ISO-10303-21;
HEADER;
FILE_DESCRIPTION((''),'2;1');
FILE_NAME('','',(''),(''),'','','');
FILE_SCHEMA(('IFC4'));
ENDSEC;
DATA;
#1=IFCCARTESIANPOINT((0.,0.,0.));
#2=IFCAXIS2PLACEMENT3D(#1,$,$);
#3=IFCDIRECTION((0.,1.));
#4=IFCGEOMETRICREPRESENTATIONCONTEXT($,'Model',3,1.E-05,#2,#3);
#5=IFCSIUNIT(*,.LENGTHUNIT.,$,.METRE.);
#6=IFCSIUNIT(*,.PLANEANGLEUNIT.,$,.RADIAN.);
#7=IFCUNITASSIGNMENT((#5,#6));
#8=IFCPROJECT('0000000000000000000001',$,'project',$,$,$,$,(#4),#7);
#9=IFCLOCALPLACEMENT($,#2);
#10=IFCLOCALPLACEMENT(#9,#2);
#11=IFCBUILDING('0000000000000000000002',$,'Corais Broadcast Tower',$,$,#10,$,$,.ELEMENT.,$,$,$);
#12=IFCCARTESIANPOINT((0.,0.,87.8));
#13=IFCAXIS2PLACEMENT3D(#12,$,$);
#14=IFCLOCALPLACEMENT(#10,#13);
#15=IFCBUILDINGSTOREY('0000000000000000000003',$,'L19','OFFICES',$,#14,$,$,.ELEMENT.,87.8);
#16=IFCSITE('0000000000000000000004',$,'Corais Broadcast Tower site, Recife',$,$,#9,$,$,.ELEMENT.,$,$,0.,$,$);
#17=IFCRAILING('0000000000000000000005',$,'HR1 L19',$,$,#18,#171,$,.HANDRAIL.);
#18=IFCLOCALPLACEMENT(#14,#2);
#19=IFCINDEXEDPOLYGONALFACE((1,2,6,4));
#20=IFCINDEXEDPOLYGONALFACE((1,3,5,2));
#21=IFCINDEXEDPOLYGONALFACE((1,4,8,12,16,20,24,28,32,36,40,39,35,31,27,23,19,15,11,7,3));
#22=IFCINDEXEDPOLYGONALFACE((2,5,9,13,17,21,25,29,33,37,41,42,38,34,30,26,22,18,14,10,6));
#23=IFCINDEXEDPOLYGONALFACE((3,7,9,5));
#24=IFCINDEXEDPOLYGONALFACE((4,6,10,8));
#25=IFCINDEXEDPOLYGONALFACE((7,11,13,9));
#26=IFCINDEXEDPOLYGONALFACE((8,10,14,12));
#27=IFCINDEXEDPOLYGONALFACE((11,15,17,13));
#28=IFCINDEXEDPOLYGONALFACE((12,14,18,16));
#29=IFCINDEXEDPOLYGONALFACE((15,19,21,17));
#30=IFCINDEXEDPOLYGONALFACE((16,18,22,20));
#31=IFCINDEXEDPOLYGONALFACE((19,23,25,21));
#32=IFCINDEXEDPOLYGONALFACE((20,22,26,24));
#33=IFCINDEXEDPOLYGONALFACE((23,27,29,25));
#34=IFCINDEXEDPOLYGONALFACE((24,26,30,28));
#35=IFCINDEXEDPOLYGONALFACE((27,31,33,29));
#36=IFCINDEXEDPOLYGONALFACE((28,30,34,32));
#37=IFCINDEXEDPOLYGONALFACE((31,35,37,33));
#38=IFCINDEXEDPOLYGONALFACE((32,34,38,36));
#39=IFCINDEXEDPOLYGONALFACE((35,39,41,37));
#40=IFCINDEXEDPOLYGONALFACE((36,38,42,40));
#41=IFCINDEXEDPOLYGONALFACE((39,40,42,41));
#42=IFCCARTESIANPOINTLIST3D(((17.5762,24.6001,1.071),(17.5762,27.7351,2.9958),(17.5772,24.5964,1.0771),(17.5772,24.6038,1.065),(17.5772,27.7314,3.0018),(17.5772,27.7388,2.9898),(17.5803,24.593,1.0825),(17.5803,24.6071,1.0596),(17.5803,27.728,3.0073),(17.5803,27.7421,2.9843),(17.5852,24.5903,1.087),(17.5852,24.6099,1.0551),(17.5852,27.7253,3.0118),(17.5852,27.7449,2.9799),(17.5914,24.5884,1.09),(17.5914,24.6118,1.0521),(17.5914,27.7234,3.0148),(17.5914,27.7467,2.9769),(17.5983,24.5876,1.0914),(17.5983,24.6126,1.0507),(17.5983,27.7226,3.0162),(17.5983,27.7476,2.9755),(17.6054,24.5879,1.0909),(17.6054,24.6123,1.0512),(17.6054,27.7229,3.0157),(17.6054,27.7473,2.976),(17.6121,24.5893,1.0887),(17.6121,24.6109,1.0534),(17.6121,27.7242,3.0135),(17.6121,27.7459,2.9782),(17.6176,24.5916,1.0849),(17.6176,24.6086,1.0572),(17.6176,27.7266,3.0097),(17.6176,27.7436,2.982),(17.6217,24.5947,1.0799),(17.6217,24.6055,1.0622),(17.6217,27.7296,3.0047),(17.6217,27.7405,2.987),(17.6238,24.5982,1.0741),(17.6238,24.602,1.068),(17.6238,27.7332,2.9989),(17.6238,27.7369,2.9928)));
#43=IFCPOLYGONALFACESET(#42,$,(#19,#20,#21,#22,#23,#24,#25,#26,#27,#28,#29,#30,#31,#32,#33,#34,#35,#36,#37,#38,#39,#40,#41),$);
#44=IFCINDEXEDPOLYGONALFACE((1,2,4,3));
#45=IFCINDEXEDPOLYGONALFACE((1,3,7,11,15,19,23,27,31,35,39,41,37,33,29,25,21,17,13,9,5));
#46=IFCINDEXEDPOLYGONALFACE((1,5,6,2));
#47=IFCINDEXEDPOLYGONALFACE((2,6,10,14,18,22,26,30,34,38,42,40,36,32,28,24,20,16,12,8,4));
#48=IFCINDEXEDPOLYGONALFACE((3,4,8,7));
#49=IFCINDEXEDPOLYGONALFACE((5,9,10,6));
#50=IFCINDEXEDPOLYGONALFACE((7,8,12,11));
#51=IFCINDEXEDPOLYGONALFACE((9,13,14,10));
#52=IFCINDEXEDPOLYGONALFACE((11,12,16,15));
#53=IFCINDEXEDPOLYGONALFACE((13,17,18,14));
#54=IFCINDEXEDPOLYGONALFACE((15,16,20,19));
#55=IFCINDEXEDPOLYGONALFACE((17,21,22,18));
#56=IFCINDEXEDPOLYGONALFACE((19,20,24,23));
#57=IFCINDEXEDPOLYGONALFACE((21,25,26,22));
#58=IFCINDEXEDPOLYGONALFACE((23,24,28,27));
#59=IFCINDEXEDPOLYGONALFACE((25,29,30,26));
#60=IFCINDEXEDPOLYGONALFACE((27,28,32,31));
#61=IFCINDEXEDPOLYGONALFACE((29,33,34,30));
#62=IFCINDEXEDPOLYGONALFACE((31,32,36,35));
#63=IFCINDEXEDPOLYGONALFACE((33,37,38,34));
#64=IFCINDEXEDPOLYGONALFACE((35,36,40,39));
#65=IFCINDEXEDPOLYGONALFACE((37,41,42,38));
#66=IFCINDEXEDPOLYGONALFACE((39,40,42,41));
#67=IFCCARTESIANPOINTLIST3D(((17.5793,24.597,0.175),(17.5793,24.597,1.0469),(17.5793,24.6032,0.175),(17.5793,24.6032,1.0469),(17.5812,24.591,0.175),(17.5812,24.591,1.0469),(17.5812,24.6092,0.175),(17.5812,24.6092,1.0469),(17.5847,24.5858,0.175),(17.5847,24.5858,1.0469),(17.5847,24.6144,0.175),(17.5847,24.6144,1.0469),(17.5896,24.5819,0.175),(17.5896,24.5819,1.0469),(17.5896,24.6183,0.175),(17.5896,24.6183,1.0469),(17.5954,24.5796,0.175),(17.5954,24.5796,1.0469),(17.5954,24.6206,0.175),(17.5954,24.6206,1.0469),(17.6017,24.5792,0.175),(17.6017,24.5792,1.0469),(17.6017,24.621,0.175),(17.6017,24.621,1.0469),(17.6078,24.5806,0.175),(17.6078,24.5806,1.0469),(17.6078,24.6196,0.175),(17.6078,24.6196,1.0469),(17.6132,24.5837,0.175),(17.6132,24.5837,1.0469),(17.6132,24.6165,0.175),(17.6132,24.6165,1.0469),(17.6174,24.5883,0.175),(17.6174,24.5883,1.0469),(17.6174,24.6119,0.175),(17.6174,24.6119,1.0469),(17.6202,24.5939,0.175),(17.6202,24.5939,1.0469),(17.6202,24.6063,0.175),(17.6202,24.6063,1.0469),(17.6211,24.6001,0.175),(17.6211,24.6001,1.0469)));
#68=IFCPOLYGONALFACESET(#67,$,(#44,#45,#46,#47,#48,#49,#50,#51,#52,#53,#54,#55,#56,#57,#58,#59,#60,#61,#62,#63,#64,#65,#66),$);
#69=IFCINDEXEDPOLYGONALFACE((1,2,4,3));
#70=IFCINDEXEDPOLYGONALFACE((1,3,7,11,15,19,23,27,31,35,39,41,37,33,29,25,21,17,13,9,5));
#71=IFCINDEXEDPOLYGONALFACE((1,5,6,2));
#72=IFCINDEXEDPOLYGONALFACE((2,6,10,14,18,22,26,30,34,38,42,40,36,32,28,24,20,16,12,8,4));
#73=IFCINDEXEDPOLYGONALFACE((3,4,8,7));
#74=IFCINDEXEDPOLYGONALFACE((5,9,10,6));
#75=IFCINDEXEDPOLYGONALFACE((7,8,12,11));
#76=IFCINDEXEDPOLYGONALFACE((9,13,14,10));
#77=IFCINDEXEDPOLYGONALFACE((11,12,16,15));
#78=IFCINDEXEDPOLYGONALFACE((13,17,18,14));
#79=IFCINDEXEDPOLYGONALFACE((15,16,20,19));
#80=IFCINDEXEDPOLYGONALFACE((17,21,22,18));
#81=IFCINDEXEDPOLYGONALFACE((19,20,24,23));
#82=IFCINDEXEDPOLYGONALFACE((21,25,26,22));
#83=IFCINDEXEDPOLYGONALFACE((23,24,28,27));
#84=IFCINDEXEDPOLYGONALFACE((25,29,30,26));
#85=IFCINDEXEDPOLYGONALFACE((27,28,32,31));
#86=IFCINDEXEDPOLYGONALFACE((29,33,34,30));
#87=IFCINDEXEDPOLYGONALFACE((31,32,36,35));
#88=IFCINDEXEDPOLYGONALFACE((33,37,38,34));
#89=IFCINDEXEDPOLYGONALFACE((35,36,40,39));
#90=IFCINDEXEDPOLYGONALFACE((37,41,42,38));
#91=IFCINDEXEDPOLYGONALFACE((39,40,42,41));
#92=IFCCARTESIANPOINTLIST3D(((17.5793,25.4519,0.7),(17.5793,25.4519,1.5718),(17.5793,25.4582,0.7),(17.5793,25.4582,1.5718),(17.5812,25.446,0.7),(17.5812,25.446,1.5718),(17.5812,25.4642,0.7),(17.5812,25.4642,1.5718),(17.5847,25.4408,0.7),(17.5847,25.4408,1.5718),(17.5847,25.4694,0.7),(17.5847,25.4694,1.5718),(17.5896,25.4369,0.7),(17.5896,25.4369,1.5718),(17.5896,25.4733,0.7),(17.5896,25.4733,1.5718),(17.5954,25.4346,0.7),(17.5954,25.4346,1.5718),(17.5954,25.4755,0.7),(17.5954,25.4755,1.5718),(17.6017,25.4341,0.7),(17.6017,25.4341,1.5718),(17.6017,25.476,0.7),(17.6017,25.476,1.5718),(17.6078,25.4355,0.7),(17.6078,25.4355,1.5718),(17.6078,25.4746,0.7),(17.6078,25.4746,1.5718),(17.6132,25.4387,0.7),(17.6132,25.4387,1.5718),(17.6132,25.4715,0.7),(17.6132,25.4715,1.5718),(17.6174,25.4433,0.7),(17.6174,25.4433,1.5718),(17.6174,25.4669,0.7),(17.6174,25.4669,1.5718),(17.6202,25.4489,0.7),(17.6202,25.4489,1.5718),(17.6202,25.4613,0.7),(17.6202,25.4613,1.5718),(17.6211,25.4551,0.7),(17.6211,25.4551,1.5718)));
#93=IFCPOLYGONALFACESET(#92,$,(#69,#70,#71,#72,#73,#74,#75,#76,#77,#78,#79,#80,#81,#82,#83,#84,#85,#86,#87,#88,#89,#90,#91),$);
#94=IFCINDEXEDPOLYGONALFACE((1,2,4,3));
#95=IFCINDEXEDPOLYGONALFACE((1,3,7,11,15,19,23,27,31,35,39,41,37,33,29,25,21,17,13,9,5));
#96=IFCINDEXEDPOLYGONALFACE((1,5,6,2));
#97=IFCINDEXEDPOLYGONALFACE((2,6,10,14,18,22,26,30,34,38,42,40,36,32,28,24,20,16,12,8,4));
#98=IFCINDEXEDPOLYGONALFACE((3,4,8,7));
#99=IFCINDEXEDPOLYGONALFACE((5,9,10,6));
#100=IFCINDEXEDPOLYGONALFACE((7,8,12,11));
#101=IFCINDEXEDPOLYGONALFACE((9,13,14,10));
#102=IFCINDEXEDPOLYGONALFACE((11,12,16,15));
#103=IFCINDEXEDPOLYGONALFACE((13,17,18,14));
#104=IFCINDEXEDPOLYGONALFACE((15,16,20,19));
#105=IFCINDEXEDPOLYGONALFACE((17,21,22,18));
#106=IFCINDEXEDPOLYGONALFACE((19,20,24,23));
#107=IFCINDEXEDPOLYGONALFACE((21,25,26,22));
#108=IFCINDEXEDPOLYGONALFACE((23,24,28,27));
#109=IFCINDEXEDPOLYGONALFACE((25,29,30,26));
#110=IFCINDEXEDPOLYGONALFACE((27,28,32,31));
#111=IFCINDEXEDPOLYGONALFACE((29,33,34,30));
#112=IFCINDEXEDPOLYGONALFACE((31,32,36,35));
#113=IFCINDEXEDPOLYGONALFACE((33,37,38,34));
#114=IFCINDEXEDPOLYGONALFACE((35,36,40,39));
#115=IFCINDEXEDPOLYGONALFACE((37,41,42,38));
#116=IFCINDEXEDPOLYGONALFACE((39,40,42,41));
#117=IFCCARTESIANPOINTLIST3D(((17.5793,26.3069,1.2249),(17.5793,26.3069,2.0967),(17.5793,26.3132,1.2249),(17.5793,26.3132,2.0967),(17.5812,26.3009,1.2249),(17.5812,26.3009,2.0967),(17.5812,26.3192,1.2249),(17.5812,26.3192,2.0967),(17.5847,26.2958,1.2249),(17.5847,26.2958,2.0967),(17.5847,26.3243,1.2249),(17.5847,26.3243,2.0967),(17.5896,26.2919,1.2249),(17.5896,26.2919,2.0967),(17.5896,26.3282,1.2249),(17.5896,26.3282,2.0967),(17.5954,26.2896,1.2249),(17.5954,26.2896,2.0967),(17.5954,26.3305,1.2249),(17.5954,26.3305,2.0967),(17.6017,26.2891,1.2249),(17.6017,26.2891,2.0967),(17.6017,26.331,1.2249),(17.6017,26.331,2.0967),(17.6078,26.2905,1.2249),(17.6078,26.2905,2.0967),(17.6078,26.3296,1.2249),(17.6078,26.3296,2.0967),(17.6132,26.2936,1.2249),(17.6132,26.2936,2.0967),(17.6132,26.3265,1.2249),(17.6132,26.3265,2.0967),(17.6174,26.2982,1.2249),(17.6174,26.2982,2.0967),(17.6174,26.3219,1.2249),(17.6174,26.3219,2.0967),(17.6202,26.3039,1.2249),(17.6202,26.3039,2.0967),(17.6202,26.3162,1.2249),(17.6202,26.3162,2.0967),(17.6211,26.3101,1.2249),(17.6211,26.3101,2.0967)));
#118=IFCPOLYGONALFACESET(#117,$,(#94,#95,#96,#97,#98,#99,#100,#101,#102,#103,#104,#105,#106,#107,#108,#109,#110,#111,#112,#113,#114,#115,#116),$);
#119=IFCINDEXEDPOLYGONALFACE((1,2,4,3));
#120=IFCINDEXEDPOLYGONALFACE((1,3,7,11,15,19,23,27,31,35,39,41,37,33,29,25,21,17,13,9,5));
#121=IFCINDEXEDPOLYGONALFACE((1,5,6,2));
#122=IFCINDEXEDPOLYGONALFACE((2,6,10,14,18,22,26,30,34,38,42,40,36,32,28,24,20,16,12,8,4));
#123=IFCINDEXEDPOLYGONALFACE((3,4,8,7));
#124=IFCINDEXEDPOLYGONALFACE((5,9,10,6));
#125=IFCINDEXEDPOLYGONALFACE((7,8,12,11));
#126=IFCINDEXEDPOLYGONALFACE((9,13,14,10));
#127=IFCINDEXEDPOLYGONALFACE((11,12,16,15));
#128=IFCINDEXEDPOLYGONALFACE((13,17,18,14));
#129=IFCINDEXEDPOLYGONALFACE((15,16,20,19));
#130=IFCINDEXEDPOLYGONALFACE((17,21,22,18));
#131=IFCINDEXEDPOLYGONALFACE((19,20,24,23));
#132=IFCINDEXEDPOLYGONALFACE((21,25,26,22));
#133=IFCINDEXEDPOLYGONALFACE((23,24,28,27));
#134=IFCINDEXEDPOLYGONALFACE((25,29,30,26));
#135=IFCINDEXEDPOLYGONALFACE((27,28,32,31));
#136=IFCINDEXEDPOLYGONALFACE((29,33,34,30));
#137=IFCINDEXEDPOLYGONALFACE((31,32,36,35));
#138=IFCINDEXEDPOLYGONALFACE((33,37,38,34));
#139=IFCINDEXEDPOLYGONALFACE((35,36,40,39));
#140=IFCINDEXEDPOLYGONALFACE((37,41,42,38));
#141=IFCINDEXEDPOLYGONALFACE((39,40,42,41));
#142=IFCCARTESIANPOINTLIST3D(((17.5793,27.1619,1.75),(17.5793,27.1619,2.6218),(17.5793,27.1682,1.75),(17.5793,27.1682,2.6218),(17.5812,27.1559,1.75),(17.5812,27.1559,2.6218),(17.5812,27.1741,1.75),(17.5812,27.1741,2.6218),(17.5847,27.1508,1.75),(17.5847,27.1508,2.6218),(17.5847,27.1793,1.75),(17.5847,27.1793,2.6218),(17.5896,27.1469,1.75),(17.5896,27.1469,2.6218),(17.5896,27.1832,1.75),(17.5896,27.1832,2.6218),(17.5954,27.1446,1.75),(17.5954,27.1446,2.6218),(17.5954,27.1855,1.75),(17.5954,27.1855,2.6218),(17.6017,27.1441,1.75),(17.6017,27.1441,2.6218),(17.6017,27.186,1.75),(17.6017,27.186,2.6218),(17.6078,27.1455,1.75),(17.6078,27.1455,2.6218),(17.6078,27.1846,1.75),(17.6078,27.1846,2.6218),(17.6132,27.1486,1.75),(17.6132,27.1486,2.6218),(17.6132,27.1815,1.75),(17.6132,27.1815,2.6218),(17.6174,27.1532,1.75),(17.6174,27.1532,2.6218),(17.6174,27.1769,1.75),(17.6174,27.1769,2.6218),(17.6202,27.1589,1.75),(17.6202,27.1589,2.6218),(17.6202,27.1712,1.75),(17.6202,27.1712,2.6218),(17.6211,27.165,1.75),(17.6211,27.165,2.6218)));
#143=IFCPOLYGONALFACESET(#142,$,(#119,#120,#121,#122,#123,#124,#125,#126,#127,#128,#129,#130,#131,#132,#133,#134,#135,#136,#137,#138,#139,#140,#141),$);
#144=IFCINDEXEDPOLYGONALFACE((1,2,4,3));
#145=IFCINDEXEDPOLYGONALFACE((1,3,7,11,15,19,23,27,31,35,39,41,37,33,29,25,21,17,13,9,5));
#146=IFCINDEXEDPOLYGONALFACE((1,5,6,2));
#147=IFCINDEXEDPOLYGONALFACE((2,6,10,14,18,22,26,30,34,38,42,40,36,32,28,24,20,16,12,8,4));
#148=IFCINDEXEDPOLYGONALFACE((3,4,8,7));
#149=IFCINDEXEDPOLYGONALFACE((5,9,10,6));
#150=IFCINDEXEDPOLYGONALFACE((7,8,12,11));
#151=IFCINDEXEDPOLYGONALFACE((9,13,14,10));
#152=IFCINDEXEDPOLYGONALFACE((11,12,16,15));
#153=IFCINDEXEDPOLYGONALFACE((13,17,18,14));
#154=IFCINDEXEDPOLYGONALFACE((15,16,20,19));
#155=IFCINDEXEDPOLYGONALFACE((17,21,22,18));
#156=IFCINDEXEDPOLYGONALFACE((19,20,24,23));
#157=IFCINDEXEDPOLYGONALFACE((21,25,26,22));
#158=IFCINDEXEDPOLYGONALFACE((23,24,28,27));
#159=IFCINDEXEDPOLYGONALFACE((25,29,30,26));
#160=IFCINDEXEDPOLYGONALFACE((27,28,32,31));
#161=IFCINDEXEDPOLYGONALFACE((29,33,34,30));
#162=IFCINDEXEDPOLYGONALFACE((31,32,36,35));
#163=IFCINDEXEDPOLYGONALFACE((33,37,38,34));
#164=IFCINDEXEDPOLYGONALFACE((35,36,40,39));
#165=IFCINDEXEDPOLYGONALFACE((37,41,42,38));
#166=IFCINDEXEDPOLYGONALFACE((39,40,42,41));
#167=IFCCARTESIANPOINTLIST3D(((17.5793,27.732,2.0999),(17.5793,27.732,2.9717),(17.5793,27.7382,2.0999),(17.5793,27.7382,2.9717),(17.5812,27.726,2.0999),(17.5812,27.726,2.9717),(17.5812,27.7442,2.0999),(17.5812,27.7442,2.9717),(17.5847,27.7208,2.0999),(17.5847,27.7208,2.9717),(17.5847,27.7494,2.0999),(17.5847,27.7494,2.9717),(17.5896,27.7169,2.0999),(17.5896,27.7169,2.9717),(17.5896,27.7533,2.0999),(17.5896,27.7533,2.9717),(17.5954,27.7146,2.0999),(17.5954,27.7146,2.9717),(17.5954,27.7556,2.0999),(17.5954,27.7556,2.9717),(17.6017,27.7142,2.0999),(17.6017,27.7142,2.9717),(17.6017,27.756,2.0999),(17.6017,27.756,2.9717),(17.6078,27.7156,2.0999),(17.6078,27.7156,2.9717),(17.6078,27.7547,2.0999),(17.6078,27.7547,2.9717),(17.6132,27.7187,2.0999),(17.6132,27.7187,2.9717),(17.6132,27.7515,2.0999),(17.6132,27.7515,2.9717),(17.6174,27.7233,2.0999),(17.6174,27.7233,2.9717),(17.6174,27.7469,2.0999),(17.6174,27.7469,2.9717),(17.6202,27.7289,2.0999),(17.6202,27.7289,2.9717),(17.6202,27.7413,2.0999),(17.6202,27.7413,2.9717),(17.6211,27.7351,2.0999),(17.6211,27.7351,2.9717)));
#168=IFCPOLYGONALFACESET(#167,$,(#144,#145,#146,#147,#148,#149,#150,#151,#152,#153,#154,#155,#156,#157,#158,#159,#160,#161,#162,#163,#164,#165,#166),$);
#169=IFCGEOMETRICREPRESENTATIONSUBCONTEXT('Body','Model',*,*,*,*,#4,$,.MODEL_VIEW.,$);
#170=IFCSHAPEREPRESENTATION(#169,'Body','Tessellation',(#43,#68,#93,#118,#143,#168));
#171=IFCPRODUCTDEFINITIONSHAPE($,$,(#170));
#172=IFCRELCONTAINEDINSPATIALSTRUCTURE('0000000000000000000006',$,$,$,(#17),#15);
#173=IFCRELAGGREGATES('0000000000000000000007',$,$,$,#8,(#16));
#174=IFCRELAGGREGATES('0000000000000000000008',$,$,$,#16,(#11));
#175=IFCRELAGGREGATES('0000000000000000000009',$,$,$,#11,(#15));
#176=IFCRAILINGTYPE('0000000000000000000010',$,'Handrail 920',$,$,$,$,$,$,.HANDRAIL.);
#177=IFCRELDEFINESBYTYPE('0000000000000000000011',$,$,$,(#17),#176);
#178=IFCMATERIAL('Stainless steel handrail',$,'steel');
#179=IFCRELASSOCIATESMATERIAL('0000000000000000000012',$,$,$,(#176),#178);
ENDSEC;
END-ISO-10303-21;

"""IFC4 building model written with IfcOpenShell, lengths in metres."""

from ifc_helpers import new_model, si_unit, direction, frame, origin, origin_2d, place, context, subcontext, project, spatial, circle, extrude, material, type_object, element, save


model = new_model("IFC4")

# Units and contexts
model_context = context("Model", 3, precision=1e-05, world=origin(), true_north=direction((0.0, 1.0)))
body_context = subcontext(model_context, "Body", "Model", "MODEL_VIEW")
ifc_project = project(units=[si_unit("LENGTHUNIT", "METRE"), si_unit("PLANEANGLEUNIT", "RADIAN")], contexts=[model_context])

# Site, building, storey
site_placement = place(None, origin())
site = spatial("IfcSite", under=ifc_project, at=site_placement, Name="Corais Broadcast Tower site, Recife", CompositionType="ELEMENT", RefElevation=0.0)
building_placement = place(site_placement, origin())
building = spatial("IfcBuilding", under=site, at=building_placement, Name="Corais Broadcast Tower", CompositionType="ELEMENT")
storey_placement = place(building_placement, frame((0.0, 0.0, 87.8)))
storey = spatial("IfcBuildingStorey", under=building, at=storey_placement, Name="L19", Description="OFFICES", CompositionType="ELEMENT", Elevation=87.8)

# Railing
ifc_material_1 = material(Name="Stainless steel handrail", Category="steel")
railing_type = type_object("IfcRailingType", Name="Handrail 920", PredefinedType="HANDRAIL", material=ifc_material_1)
for number, where, name in (
    (1, (17.6001, 24.6001, 0.175), "HR1 L19"),
):
    element("IfcRailing", number, at=place(storey_placement, frame(where)), inside=storey, type_object=railing_type, Name=name, PredefinedType="HANDRAIL", context=body_context, shape_type="SweptSolid", body=[
        extrude(circle(Radius=0.0239, at=origin_2d()), frame((0.0, 0.0, 0.896), z_axis=(0.0, 0.852196, 0.523223), x_axis=(-1.0, 0.0, 0.0)), (0.0, 0.0, 1.0), 3.6787),
        extrude(circle(Radius=0.021, at=origin_2d()), origin(), (0.0, 0.0, 1.0), 0.8718),
        extrude(circle(Radius=0.021, at=origin_2d()), frame((0.0, 0.855, 0.5249)), (0.0, 0.0, 1.0), 0.8718),
        extrude(circle(Radius=0.021, at=origin_2d()), frame((0.0, 1.71, 1.0498)), (0.0, 0.0, 1.0), 0.8718),
        extrude(circle(Radius=0.021, at=origin_2d()), frame((0.0, 2.5649, 1.575)), (0.0, 0.0, 1.0), 0.8718),
        extrude(circle(Radius=0.021, at=origin_2d()), frame((0.0, 3.135, 1.9248)), (0.0, 0.0, 1.0), 0.8718),
    ])

save(model, "model.ifc")
